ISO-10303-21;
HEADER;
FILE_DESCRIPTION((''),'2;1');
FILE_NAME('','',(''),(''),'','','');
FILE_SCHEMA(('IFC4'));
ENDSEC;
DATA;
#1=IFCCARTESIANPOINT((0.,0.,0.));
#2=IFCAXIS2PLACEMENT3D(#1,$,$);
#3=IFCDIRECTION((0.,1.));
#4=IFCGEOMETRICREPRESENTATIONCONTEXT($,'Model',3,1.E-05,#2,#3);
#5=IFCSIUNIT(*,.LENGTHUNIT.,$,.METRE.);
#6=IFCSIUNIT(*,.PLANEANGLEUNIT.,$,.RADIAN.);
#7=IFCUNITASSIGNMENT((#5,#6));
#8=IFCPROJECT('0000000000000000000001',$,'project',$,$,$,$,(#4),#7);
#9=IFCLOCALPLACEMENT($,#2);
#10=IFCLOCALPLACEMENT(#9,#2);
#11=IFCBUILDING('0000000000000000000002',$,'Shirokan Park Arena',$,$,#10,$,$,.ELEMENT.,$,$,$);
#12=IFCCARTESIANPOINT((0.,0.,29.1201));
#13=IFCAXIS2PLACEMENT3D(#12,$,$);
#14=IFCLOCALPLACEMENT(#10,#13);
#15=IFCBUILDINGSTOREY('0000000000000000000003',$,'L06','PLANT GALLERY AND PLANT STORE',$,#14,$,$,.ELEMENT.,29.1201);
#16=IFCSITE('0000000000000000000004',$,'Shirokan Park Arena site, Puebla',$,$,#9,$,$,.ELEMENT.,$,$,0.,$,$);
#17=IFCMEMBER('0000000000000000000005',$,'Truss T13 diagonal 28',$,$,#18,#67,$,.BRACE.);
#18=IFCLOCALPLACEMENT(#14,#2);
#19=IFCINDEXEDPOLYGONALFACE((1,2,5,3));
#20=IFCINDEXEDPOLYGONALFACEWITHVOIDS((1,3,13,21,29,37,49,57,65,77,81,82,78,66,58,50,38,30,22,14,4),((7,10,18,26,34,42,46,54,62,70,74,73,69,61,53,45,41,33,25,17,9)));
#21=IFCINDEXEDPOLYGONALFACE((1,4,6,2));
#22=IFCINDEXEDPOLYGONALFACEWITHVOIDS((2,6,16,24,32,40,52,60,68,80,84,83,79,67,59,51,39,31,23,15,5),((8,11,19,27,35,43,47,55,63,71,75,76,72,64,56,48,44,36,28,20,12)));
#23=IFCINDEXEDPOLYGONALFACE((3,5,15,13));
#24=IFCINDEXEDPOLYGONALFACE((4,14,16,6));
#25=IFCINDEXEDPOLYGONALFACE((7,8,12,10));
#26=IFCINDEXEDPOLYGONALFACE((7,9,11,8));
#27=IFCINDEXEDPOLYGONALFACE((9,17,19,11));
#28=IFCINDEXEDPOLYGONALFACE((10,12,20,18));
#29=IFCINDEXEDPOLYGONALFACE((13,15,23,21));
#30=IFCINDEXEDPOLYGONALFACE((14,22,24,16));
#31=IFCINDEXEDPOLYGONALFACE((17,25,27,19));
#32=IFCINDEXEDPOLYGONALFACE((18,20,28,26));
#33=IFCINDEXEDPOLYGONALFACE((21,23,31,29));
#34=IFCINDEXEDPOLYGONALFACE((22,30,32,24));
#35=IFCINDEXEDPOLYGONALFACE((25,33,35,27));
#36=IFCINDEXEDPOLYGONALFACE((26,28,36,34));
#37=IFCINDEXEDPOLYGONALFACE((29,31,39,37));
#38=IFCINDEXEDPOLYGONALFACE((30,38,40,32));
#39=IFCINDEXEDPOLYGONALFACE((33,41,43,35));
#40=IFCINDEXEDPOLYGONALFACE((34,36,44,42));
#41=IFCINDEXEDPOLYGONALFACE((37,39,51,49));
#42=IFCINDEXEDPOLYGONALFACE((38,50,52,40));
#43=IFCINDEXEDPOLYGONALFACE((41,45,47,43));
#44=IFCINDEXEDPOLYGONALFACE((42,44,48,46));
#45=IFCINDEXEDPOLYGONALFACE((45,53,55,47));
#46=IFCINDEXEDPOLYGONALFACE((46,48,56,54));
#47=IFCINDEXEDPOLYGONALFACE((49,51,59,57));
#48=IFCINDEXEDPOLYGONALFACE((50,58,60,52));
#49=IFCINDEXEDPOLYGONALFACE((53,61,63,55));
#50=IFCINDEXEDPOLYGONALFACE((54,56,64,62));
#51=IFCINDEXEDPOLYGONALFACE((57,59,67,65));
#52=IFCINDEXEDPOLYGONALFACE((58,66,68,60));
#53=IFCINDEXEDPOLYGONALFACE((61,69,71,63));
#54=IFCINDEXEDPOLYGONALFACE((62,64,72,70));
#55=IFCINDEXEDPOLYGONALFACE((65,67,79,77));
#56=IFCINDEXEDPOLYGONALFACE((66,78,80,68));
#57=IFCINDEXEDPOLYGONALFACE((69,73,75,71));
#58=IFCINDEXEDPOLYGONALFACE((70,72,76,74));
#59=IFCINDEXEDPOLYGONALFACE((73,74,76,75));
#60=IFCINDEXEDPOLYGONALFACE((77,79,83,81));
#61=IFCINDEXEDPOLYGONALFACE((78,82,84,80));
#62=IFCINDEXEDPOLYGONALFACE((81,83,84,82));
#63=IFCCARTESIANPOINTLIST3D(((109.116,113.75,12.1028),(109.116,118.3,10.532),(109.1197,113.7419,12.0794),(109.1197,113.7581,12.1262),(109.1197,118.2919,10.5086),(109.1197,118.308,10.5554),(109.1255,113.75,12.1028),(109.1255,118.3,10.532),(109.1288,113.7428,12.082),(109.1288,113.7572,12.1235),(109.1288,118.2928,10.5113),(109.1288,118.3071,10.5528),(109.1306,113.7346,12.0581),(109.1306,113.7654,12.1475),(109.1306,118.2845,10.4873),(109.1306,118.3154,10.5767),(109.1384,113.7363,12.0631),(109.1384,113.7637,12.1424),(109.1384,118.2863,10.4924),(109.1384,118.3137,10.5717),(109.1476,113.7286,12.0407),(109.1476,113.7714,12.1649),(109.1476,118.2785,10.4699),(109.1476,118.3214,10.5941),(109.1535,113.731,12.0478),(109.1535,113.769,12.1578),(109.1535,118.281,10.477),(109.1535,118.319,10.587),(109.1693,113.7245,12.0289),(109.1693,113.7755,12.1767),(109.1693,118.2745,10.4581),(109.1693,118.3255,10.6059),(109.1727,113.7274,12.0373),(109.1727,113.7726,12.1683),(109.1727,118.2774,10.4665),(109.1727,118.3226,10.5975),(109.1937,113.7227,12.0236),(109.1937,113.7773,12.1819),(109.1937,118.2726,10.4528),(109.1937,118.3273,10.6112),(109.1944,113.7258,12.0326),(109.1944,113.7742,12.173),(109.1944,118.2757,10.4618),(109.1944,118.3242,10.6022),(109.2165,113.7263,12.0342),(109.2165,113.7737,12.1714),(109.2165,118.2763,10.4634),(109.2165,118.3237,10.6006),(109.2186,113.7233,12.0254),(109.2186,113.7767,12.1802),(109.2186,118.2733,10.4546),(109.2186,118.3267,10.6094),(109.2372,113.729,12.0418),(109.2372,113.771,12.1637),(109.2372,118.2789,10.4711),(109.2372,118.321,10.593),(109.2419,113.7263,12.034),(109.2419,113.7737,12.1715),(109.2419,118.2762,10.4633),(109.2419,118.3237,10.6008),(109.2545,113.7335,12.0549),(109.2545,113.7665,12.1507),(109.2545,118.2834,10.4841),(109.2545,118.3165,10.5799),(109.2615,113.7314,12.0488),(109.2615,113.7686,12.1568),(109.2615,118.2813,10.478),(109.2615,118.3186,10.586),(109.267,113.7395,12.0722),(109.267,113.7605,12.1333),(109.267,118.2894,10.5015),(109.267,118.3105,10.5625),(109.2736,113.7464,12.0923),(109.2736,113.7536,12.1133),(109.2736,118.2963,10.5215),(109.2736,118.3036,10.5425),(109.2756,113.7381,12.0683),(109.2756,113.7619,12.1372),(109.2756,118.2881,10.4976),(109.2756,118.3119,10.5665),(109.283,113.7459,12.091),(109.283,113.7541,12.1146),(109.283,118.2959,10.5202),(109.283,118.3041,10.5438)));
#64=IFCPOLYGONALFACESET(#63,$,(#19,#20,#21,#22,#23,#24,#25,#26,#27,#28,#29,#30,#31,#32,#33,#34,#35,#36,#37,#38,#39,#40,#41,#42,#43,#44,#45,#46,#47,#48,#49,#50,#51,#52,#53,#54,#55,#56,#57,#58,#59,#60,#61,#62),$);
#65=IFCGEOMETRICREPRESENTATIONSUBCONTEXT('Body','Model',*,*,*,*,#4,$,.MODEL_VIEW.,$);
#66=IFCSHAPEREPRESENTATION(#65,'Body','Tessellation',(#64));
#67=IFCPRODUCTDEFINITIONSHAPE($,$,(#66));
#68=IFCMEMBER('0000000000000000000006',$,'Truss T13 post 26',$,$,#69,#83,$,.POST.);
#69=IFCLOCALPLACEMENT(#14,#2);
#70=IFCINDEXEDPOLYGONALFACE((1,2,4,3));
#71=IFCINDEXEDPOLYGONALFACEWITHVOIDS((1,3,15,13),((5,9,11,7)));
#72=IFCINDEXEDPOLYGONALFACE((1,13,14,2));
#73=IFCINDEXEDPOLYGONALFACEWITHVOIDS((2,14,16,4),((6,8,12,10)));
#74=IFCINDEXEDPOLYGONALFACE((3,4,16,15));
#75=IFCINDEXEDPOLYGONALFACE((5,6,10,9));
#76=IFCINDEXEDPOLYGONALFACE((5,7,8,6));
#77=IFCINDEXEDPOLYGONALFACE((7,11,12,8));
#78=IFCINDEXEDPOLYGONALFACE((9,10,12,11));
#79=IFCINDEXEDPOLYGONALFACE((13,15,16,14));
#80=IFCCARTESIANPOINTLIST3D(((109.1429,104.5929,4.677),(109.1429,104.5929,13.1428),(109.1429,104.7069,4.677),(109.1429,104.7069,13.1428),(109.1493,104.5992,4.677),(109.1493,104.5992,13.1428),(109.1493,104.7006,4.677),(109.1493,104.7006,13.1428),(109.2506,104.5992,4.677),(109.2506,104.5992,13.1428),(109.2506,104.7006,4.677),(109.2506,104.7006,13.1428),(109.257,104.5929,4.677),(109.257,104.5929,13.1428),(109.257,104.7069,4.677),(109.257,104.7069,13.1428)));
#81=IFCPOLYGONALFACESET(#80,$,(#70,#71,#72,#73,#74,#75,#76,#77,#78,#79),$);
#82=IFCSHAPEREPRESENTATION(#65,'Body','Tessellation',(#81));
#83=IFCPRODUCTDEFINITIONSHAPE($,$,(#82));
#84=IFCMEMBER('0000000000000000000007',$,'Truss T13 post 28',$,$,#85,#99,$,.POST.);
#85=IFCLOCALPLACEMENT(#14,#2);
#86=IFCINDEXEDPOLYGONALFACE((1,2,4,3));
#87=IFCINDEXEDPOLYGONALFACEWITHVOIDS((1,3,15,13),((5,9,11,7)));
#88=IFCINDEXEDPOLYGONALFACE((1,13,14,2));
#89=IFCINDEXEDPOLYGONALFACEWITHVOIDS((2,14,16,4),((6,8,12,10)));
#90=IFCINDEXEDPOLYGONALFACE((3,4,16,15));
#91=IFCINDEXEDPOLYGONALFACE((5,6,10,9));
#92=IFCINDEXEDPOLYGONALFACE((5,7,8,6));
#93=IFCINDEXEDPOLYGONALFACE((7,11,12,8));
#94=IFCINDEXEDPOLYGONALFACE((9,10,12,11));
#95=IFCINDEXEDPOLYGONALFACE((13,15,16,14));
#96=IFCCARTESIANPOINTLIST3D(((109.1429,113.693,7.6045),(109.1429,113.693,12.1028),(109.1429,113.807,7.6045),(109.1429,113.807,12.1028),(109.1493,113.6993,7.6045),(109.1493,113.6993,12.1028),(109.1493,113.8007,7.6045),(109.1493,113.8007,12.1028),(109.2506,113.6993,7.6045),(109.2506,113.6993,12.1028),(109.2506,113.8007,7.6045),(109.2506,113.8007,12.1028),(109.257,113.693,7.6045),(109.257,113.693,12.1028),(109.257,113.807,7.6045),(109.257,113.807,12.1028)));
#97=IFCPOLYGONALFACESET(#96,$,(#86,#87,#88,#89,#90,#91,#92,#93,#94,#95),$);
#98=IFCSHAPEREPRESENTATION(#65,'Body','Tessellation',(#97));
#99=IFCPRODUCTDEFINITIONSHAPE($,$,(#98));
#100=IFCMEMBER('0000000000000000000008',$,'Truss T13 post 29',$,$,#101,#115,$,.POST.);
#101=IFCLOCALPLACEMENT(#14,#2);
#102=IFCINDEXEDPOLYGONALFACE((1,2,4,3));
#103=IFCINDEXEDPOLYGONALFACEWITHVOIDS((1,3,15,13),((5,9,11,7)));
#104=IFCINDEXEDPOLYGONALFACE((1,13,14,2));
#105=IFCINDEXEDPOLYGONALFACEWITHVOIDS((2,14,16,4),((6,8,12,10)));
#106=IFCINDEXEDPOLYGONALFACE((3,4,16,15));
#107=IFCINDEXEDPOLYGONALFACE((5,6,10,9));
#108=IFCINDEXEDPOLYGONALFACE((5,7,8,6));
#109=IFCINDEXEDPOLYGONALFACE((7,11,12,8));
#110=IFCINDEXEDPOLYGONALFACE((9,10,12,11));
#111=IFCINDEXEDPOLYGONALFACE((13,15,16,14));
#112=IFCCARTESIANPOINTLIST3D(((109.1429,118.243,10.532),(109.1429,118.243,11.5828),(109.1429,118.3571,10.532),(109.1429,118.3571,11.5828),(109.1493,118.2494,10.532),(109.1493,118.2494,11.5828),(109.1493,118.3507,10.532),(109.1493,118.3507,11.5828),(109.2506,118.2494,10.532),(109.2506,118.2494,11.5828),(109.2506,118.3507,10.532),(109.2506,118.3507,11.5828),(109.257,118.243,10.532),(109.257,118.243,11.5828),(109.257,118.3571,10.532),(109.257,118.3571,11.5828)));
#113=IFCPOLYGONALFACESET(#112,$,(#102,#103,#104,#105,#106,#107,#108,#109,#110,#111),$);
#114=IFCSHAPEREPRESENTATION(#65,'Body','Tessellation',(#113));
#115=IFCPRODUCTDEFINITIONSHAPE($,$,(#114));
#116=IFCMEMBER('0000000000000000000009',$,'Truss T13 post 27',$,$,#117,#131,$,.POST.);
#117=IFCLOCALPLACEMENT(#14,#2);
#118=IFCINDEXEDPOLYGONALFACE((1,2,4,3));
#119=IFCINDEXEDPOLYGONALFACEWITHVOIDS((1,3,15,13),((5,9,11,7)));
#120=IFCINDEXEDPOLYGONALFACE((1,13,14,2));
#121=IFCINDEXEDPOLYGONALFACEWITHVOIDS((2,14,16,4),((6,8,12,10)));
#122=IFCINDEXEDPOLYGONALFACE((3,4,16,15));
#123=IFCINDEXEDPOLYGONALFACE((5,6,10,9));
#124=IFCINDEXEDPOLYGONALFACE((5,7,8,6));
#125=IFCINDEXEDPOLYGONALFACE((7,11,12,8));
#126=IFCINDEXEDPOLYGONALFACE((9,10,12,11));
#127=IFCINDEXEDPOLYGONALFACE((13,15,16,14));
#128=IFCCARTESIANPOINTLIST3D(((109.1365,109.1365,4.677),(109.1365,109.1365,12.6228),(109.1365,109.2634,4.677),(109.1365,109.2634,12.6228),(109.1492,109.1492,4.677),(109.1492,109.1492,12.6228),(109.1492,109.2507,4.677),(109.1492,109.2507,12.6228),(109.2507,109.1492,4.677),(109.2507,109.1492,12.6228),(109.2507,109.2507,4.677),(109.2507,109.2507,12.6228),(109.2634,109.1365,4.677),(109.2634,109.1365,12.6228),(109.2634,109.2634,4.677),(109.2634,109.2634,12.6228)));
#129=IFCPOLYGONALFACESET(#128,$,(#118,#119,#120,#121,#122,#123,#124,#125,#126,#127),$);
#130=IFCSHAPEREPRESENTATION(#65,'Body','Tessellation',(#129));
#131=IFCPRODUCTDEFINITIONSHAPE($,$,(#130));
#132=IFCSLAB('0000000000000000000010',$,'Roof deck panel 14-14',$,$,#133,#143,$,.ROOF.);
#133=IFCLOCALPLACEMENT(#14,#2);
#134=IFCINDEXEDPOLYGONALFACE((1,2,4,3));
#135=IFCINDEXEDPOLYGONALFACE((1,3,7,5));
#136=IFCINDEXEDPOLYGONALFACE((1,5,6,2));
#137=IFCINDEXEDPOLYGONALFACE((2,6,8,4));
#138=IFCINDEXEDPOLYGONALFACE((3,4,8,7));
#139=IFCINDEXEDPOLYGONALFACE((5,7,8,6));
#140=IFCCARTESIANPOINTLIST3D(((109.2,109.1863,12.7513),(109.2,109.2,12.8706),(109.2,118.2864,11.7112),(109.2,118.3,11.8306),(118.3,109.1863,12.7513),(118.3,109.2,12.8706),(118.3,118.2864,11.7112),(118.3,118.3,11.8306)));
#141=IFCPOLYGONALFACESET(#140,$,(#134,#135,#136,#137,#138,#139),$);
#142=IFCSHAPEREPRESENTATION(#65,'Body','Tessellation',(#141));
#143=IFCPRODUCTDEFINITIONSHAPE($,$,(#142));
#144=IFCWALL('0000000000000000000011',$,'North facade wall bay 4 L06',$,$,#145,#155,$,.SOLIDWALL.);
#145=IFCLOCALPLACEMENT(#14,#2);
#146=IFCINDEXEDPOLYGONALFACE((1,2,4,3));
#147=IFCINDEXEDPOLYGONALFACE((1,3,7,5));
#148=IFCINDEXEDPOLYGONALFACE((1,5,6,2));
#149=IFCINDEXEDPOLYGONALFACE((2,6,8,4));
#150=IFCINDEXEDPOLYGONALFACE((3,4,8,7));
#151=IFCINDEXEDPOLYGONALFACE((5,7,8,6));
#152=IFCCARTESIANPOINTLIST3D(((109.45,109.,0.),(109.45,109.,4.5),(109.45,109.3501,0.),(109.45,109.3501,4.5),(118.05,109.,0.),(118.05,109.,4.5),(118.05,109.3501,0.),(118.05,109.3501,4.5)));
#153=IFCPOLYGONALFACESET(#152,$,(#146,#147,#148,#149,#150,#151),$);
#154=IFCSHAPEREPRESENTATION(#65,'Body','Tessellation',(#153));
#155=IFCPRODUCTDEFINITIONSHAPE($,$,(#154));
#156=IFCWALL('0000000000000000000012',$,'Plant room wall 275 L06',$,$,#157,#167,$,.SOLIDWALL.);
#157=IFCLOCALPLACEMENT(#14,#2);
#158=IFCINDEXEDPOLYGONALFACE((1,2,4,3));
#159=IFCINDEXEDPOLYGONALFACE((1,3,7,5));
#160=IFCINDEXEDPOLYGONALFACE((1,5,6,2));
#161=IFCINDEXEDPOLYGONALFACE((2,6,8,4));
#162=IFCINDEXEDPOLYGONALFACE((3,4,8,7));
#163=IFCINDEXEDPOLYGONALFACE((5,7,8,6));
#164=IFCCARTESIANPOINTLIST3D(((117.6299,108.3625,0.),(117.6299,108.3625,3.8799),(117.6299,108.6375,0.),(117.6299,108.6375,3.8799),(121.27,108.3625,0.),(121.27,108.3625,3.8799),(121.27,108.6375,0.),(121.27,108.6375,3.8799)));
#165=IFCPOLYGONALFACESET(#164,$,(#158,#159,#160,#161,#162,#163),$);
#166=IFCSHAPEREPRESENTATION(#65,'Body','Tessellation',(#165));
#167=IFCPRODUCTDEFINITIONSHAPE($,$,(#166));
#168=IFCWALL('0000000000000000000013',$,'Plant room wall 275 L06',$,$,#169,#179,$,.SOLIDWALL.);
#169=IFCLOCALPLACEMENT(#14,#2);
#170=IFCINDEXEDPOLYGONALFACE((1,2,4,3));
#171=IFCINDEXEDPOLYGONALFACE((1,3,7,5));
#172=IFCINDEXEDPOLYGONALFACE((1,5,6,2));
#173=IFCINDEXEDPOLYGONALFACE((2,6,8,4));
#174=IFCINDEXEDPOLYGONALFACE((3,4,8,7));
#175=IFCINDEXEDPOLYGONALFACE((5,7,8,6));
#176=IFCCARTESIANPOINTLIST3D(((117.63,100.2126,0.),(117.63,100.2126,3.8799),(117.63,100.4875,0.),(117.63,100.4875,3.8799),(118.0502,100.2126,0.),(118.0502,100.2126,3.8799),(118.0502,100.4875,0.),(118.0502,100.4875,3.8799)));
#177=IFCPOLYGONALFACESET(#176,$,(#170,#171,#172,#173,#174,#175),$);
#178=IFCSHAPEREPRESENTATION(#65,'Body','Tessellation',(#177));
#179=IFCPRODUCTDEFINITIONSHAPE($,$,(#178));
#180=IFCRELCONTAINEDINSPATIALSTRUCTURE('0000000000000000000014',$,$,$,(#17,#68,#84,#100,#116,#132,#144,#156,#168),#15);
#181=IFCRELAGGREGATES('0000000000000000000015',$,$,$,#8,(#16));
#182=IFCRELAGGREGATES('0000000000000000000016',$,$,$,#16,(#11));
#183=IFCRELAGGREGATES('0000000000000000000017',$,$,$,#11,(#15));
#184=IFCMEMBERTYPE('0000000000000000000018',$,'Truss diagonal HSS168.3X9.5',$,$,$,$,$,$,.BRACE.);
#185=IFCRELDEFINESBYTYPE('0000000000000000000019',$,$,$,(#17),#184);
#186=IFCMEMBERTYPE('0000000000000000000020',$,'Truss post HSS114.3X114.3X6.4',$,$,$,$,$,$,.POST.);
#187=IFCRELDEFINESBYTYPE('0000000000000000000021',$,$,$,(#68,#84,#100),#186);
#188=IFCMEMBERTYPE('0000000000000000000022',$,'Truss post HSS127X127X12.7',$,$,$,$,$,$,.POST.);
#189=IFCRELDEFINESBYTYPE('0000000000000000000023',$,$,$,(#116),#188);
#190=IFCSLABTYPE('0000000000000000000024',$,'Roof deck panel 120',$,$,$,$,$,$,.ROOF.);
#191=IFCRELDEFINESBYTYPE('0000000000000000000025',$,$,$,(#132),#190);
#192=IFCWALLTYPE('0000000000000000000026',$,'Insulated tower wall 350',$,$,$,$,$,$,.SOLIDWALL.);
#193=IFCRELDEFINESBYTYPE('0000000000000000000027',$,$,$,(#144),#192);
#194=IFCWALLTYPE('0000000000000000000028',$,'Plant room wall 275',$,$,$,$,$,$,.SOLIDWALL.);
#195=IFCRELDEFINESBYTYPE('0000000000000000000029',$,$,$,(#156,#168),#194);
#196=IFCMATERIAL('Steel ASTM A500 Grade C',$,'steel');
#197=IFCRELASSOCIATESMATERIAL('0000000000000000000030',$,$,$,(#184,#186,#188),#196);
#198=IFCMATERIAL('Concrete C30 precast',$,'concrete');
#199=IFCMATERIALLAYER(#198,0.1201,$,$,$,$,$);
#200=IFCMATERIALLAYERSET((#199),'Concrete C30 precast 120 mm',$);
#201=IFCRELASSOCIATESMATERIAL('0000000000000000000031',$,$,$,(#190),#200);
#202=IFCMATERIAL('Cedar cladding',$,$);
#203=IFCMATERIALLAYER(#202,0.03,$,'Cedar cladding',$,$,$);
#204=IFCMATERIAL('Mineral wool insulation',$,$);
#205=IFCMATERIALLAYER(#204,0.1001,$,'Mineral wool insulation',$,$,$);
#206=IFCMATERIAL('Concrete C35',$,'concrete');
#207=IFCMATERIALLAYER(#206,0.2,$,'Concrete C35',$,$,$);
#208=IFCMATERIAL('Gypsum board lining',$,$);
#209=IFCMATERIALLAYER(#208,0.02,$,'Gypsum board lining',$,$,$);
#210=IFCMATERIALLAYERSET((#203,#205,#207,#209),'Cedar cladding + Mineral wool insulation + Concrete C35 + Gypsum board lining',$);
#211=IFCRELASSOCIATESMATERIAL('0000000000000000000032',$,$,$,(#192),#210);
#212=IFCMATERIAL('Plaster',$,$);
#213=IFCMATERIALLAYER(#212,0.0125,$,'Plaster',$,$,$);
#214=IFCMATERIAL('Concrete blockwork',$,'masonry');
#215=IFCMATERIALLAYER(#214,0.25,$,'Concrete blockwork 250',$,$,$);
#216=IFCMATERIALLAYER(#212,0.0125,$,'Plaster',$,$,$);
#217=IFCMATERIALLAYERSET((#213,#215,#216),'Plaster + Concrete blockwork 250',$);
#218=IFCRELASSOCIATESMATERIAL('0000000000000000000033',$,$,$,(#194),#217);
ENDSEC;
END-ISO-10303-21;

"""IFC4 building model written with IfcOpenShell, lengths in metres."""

from ifc_helpers import new_model, si_unit, direction, frame, frame_2d, origin, origin_2d, place, context, subcontext, project, spatial, polyline, rectangle, hollow_rectangle, hollow_circle, outline, extrude, material, layer, layer_set, material_profile, profile_set, type_object, element, save


model = new_model("IFC4")

# Units and contexts
model_context = context("Model", 3, precision=1e-05, world=origin(), true_north=direction((0.0, 1.0)))
body_context = subcontext(model_context, "Body", "Model", "MODEL_VIEW")
ifc_project = project(units=[si_unit("LENGTHUNIT", "METRE"), si_unit("PLANEANGLEUNIT", "RADIAN")], contexts=[model_context])

# Site, building, storey
site_placement = place(None, origin())
site = spatial("IfcSite", under=ifc_project, at=site_placement, Name="Shirokan Park Arena site, Puebla", CompositionType="ELEMENT", RefElevation=0.0)
building_placement = place(site_placement, origin())
building = spatial("IfcBuilding", under=site, at=building_placement, Name="Shirokan Park Arena", CompositionType="ELEMENT")
storey_placement = place(building_placement, frame((0.0, 0.0, 29.1201)))
storey = spatial("IfcBuildingStorey", under=building, at=storey_placement, Name="L06", Description="PLANT GALLERY AND PLANT STORE", CompositionType="ELEMENT", Elevation=29.1201)

# Shared definitions
ifc_material_1 = material(Name="Concrete C35", Category="concrete")

# Shared definitions
ifc_material_2 = material(Name="Steel ASTM A500 Grade C", Category="steel")

# Members
ifc_material_profile_1 = material_profile(ifc_material_2, hollow_circle(Radius=0.084, WallThickness=0.0095, at=origin_2d()), Name="HSS168.3X9.5")
ifc_profile_set_1 = profile_set([ifc_material_profile_1], Name="Steel ASTM A500 Grade C")
member_type_1 = type_object("IfcMemberType", Name="Truss diagonal HSS168.3X9.5", PredefinedType="BRACE", material=ifc_profile_set_1)
member_1_placement = place(storey_placement, frame((109.2, 113.75, 12.1028), z_axis=(0.0, 0.945256, -0.326328), x_axis=(-1.0, 0.0, 0.0)))
element("IfcMember", 1, at=member_1_placement, inside=storey, type_object=member_type_1, Name="Truss T13 diagonal 28", PredefinedType="BRACE", context=body_context, shape_type="SweptSolid", body=[
    extrude(hollow_circle(Radius=0.084, WallThickness=0.0095, at=origin_2d()), origin(), (0.0, 0.0, 1.0), 4.8135),
])
ifc_material_profile_2 = material_profile(ifc_material_2, hollow_rectangle(XDim=0.114, YDim=0.114, WallThickness=0.0063, at=origin_2d()), Name="HSS114.3X114.3X6.4")
ifc_profile_set_2 = profile_set([ifc_material_profile_2], Name="Steel ASTM A500 Grade C")
member_type_2 = type_object("IfcMemberType", Name="Truss post HSS114.3X114.3X6.4", PredefinedType="POST", material=ifc_profile_set_2)
member_2_placement = place(storey_placement, frame((109.2, 104.6499, 4.677), z_axis=(0.0, 0.0, 1.0), x_axis=(1.0, 0.0, 0.0)))
element("IfcMember", 2, at=member_2_placement, inside=storey, type_object=member_type_2, Name="Truss T13 post 26", PredefinedType="POST", context=body_context, shape_type="SweptSolid", body=[
    extrude(hollow_rectangle(XDim=0.114, YDim=0.114, WallThickness=0.0063, at=origin_2d()), origin(), (0.0, 0.0, 1.0), 8.4658),
])
member_3_placement = place(storey_placement, frame((109.2, 113.75, 7.6045), z_axis=(0.0, 0.0, 1.0), x_axis=(1.0, 0.0, 0.0)))
element("IfcMember", 3, at=member_3_placement, inside=storey, type_object=member_type_2, Name="Truss T13 post 28", PredefinedType="POST", context=body_context, shape_type="SweptSolid", body=[
    extrude(hollow_rectangle(XDim=0.114, YDim=0.114, WallThickness=0.0063, at=origin_2d()), origin(), (0.0, 0.0, 1.0), 4.4983),
])
member_4_placement = place(storey_placement, frame((109.2, 118.3, 10.532), z_axis=(0.0, 0.0, 1.0), x_axis=(1.0, 0.0, 0.0)))
element("IfcMember", 4, at=member_4_placement, inside=storey, type_object=member_type_2, Name="Truss T13 post 29", PredefinedType="POST", context=body_context, shape_type="SweptSolid", body=[
    extrude(hollow_rectangle(XDim=0.114, YDim=0.114, WallThickness=0.0063, at=origin_2d()), origin(), (0.0, 0.0, 1.0), 1.0508),
])
ifc_material_profile_3 = material_profile(ifc_material_2, hollow_rectangle(XDim=0.127, YDim=0.127, WallThickness=0.0127, at=origin_2d()), Name="HSS127X127X12.7")
ifc_profile_set_3 = profile_set([ifc_material_profile_3], Name="Steel ASTM A500 Grade C")
member_type_3 = type_object("IfcMemberType", Name="Truss post HSS127X127X12.7", PredefinedType="POST", material=ifc_profile_set_3)
member_5_placement = place(storey_placement, frame((109.2, 109.2, 4.677), z_axis=(0.0, 0.0, 1.0), x_axis=(1.0, 0.0, 0.0)))
element("IfcMember", 5, at=member_5_placement, inside=storey, type_object=member_type_3, Name="Truss T13 post 27", PredefinedType="POST", context=body_context, shape_type="SweptSolid", body=[
    extrude(hollow_rectangle(XDim=0.127, YDim=0.127, WallThickness=0.0127, at=origin_2d()), origin(), (0.0, 0.0, 1.0), 7.9458),
])

# Slab
ifc_material_3 = material(Name="Concrete C30 precast", Category="concrete")
ifc_layer_1 = layer(ifc_material_3, 0.1201)
ifc_layer_set_1 = layer_set([ifc_layer_1], Name="Concrete C30 precast 120 mm")
slab_type = type_object("IfcSlabType", Name="Roof deck panel 120", PredefinedType="ROOF", material=ifc_layer_set_1)
slab_placement = place(storey_placement, frame((109.2, 109.2, 12.8706), z_axis=(0.0, 0.11355, 0.993532), x_axis=(1.0, 0.0, 0.0)))
element("IfcSlab", 6, at=slab_placement, inside=storey, type_object=slab_type, Name="Roof deck panel 14-14", PredefinedType="ROOF", context=body_context, shape_type="SweptSolid", body=[
    extrude(outline(polyline([(0.0, 0.0), (9.1001, 0.0), (9.1001, 9.1593), (0.0, 9.1593), (0.0, 0.0)])), origin(), (0.0, 0.0, -1.0), 0.1201),
])

# Walls
ifc_material_4 = material(Name="Cedar cladding")
ifc_layer_2 = layer(ifc_material_4, 0.03, Name="Cedar cladding")
ifc_material_5 = material(Name="Mineral wool insulation")
ifc_layer_3 = layer(ifc_material_5, 0.1001, Name="Mineral wool insulation")
ifc_layer_4 = layer(ifc_material_1, 0.2, Name="Concrete C35")
ifc_material_6 = material(Name="Gypsum board lining")
ifc_layer_5 = layer(ifc_material_6, 0.02, Name="Gypsum board lining")
ifc_layer_set_2 = layer_set([ifc_layer_2, ifc_layer_3, ifc_layer_4, ifc_layer_5], Name="Cedar cladding + Mineral wool insulation + Concrete C35 + Gypsum board lining")
wall_type_1 = type_object("IfcWallType", Name="Insulated tower wall 350", PredefinedType="SOLIDWALL", material=ifc_layer_set_2)
wall_1_placement = place(storey_placement, frame((118.05, 109.175, 0.0), z_axis=(0.0, 0.0, 1.0), x_axis=(-1.0, 0.0, 0.0)))
element("IfcWall", 7, at=wall_1_placement, inside=storey, type_object=wall_type_1, Name="North facade wall bay 4 L06", PredefinedType="SOLIDWALL", context=body_context, shape_type="SweptSolid", body=[
    extrude(rectangle(XDim=8.6001, YDim=0.3501, at=frame_2d((4.3, 0.0))), origin(), (0.0, 0.0, 1.0), 4.5),
])
ifc_material_7 = material(Name="Plaster")
ifc_layer_6 = layer(ifc_material_7, 0.0125, Name="Plaster")
ifc_material_8 = material(Name="Concrete blockwork", Category="masonry")
ifc_layer_7 = layer(ifc_material_8, 0.25, Name="Concrete blockwork 250")
ifc_layer_8 = layer(ifc_material_7, 0.0125, Name="Plaster")
ifc_layer_set_3 = layer_set([ifc_layer_6, ifc_layer_7, ifc_layer_8], Name="Plaster + Concrete blockwork 250")
wall_type_2 = type_object("IfcWallType", Name="Plant room wall 275", PredefinedType="SOLIDWALL", material=ifc_layer_set_3)
wall_2_placement = place(storey_placement, frame((117.6299, 108.5, 0.0), z_axis=(0.0, 0.0, 1.0), x_axis=(1.0, 0.0, 0.0)))
element("IfcWall", 8, at=wall_2_placement, inside=storey, type_object=wall_type_2, Name="Plant room wall 275 L06", PredefinedType="SOLIDWALL", context=body_context, shape_type="SweptSolid", body=[
    extrude(rectangle(XDim=3.6401, YDim=0.2749, at=frame_2d((1.8201, 0.0))), origin(), (0.0, 0.0, 1.0), 3.8799),
])
wall_3_placement = place(storey_placement, frame((118.05, 100.3501, 0.0), z_axis=(0.0, 0.0, 1.0), x_axis=(-1.0, 0.0, 0.0)))
element("IfcWall", 9, at=wall_3_placement, inside=storey, type_object=wall_type_2, Name="Plant room wall 275 L06", PredefinedType="SOLIDWALL", context=body_context, shape_type="SweptSolid", body=[
    extrude(rectangle(XDim=0.4202, YDim=0.2749, at=frame_2d((0.21, 0.0))), origin(), (0.0, 0.0, 1.0), 3.8799),
])

save(model, "model.ifc")
